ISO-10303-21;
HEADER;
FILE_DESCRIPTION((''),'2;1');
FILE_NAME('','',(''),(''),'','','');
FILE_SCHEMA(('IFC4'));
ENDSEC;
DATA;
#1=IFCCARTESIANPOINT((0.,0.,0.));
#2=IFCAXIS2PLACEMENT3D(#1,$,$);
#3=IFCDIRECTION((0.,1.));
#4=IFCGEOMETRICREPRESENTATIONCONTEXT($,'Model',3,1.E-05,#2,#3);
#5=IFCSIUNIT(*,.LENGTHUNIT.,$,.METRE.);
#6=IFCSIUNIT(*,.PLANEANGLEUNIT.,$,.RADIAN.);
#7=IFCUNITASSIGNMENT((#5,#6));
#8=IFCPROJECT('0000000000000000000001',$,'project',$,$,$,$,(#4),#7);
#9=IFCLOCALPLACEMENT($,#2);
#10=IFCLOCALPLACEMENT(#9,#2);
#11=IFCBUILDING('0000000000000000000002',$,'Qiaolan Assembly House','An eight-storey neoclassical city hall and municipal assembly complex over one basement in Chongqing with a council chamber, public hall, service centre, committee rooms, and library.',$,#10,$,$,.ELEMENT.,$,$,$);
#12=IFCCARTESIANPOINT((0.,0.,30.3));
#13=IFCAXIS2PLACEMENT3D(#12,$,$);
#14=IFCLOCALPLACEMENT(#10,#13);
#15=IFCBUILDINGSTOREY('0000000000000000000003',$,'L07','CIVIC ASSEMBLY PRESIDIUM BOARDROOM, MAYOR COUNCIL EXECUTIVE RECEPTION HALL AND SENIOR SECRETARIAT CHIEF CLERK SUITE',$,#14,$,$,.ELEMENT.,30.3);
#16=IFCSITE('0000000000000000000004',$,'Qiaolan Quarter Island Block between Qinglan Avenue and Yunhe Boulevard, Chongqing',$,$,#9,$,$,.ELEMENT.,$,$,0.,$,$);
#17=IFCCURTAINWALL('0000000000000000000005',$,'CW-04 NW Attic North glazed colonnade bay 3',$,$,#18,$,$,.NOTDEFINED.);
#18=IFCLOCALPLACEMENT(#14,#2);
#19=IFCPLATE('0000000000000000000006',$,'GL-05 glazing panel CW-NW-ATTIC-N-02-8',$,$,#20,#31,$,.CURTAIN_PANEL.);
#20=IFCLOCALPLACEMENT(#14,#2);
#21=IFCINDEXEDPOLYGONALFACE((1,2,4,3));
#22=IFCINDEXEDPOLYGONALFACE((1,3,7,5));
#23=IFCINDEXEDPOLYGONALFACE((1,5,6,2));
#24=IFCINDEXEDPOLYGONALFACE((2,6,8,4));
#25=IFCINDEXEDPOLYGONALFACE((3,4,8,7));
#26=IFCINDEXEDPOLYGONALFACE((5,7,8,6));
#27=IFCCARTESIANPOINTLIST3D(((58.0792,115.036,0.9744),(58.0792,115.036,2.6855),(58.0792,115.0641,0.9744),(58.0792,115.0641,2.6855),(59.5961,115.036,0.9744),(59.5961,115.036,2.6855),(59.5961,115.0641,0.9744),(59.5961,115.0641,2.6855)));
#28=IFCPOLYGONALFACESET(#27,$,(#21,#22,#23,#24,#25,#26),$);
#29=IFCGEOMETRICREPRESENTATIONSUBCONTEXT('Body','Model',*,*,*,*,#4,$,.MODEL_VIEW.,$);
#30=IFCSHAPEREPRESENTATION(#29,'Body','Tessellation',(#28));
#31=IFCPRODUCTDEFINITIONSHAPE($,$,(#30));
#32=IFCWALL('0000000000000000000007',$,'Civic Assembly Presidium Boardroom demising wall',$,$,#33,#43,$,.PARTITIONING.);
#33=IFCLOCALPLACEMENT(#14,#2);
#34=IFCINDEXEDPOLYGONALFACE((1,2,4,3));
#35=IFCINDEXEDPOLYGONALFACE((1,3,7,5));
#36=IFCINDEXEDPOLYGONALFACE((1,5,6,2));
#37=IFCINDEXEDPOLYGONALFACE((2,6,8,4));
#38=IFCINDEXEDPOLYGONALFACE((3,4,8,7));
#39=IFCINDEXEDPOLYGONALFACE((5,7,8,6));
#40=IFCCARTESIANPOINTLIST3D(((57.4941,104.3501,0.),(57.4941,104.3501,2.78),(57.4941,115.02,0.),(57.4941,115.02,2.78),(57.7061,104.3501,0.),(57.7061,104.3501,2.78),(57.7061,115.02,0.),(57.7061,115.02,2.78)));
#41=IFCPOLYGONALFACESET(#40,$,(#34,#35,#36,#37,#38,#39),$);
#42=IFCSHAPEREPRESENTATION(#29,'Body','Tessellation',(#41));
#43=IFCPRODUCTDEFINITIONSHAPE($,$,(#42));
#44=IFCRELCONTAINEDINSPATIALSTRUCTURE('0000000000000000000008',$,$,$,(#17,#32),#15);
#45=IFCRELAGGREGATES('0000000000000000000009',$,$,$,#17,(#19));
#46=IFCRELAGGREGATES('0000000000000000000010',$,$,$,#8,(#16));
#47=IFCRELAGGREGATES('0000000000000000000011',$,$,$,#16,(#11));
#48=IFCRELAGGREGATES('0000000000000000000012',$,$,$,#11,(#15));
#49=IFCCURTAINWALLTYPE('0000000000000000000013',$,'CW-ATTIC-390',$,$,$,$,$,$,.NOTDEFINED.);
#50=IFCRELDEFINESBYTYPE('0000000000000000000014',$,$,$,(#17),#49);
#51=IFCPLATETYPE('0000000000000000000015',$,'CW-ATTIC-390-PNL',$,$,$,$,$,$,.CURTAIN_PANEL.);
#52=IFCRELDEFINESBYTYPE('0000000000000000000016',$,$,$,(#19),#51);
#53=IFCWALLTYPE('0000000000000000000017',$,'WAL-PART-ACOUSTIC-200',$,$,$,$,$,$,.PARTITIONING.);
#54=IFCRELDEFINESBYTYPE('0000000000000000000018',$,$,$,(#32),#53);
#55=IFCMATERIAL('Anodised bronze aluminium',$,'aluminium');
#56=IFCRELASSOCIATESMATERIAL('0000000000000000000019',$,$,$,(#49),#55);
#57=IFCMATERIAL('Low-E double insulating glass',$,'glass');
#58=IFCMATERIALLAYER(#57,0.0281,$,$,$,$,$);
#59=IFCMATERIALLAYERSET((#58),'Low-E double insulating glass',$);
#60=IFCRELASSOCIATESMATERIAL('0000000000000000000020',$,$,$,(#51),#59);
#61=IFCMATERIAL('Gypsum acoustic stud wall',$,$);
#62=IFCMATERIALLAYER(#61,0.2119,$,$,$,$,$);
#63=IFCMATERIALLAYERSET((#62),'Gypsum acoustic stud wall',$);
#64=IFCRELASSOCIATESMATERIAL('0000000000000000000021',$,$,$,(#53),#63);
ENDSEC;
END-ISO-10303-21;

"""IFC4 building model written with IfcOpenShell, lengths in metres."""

from ifc_helpers import new_model, si_unit, direction, frame, frame_2d, origin, place, context, subcontext, project, spatial, rectangle, extrude, material, layer, layer_set, type_object, element, aggregate, save


model = new_model("IFC4")

# Units and contexts
model_context = context("Model", 3, precision=1e-05, world=origin(), true_north=direction((0.0, 1.0)))
body_context = subcontext(model_context, "Body", "Model", "MODEL_VIEW")
ifc_project = project(units=[si_unit("LENGTHUNIT", "METRE"), si_unit("PLANEANGLEUNIT", "RADIAN")], contexts=[model_context])

# Site, building, storey
site_placement = place(None, origin())
site = spatial("IfcSite", under=ifc_project, at=site_placement, Name="Qiaolan Quarter Island Block between Qinglan Avenue and Yunhe Boulevard, Chongqing", CompositionType="ELEMENT", RefElevation=0.0)
building_placement = place(site_placement, origin())
building = spatial("IfcBuilding", under=site, at=building_placement, Name="Qiaolan Assembly House", Description="An eight-storey neoclassical city hall and municipal assembly complex over one basement in Chongqing with a council chamber, public hall, service centre, committee rooms, and library.", CompositionType="ELEMENT")
storey_placement = place(building_placement, frame((0.0, 0.0, 30.3)))
storey = spatial("IfcBuildingStorey", under=building, at=storey_placement, Name="L07", Description="CIVIC ASSEMBLY PRESIDIUM BOARDROOM, MAYOR COUNCIL EXECUTIVE RECEPTION HALL AND SENIOR SECRETARIAT CHIEF CLERK SUITE", CompositionType="ELEMENT", Elevation=30.3)

# Curtain wall
ifc_material_1 = material(Name="Anodised bronze aluminium", Category="aluminium")
curtain_wall_type = type_object("IfcCurtainWallType", Name="CW-ATTIC-390", PredefinedType="NOTDEFINED", material=ifc_material_1)
curtain_wall_1_placement = place(storey_placement, origin())
curtain_wall_1 = element("IfcCurtainWall", 1, at=curtain_wall_1_placement, inside=storey, type_object=curtain_wall_type, Name="CW-04 NW Attic North glazed colonnade bay 3", PredefinedType="NOTDEFINED")

# Plate
ifc_material_2 = material(Name="Low-E double insulating glass", Category="glass")
ifc_layer_1 = layer(ifc_material_2, 0.0281)
ifc_layer_set_1 = layer_set([ifc_layer_1], Name="Low-E double insulating glass")
plate_type = type_object("IfcPlateType", Name="CW-ATTIC-390-PNL", PredefinedType="CURTAIN_PANEL", material=ifc_layer_set_1)
plate_1_placement = place(storey_placement, frame((59.5959, 115.05, 0.9744), z_axis=(0.0, 0.0, 1.0), x_axis=(-1.0, 0.0, 0.0)))
plate_1 = element("IfcPlate", 2, at=plate_1_placement, type_object=plate_type, Name="GL-05 glazing panel CW-NW-ATTIC-N-02-8", PredefinedType="CURTAIN_PANEL", context=body_context, shape_type="SweptSolid", body=[
    extrude(rectangle(XDim=1.5168, YDim=0.0281, at=frame_2d((0.7583, 0.0))), origin(), (0.0, 0.0, 1.0), 1.7112),
])
aggregate(curtain_wall_1, [plate_1])

# Wall
ifc_material_3 = material(Name="Gypsum acoustic stud wall")
ifc_layer_2 = layer(ifc_material_3, 0.2119)
ifc_layer_set_2 = layer_set([ifc_layer_2], Name="Gypsum acoustic stud wall")
wall_type = type_object("IfcWallType", Name="WAL-PART-ACOUSTIC-200", PredefinedType="PARTITIONING", material=ifc_layer_set_2)
wall_placement = place(storey_placement, frame((57.6001, 104.3501, 0.0), z_axis=(0.0, 0.0, 1.0), x_axis=(0.0, 1.0, 0.0)))
element("IfcWall", 3, at=wall_placement, inside=storey, type_object=wall_type, Name="Civic Assembly Presidium Boardroom demising wall", PredefinedType="PARTITIONING", context=body_context, shape_type="SweptSolid", body=[
    extrude(rectangle(XDim=10.6699, YDim=0.2119, at=frame_2d((5.335, 0.0))), origin(), (0.0, 0.0, 1.0), 2.78),
])

save(model, "model.ifc")
